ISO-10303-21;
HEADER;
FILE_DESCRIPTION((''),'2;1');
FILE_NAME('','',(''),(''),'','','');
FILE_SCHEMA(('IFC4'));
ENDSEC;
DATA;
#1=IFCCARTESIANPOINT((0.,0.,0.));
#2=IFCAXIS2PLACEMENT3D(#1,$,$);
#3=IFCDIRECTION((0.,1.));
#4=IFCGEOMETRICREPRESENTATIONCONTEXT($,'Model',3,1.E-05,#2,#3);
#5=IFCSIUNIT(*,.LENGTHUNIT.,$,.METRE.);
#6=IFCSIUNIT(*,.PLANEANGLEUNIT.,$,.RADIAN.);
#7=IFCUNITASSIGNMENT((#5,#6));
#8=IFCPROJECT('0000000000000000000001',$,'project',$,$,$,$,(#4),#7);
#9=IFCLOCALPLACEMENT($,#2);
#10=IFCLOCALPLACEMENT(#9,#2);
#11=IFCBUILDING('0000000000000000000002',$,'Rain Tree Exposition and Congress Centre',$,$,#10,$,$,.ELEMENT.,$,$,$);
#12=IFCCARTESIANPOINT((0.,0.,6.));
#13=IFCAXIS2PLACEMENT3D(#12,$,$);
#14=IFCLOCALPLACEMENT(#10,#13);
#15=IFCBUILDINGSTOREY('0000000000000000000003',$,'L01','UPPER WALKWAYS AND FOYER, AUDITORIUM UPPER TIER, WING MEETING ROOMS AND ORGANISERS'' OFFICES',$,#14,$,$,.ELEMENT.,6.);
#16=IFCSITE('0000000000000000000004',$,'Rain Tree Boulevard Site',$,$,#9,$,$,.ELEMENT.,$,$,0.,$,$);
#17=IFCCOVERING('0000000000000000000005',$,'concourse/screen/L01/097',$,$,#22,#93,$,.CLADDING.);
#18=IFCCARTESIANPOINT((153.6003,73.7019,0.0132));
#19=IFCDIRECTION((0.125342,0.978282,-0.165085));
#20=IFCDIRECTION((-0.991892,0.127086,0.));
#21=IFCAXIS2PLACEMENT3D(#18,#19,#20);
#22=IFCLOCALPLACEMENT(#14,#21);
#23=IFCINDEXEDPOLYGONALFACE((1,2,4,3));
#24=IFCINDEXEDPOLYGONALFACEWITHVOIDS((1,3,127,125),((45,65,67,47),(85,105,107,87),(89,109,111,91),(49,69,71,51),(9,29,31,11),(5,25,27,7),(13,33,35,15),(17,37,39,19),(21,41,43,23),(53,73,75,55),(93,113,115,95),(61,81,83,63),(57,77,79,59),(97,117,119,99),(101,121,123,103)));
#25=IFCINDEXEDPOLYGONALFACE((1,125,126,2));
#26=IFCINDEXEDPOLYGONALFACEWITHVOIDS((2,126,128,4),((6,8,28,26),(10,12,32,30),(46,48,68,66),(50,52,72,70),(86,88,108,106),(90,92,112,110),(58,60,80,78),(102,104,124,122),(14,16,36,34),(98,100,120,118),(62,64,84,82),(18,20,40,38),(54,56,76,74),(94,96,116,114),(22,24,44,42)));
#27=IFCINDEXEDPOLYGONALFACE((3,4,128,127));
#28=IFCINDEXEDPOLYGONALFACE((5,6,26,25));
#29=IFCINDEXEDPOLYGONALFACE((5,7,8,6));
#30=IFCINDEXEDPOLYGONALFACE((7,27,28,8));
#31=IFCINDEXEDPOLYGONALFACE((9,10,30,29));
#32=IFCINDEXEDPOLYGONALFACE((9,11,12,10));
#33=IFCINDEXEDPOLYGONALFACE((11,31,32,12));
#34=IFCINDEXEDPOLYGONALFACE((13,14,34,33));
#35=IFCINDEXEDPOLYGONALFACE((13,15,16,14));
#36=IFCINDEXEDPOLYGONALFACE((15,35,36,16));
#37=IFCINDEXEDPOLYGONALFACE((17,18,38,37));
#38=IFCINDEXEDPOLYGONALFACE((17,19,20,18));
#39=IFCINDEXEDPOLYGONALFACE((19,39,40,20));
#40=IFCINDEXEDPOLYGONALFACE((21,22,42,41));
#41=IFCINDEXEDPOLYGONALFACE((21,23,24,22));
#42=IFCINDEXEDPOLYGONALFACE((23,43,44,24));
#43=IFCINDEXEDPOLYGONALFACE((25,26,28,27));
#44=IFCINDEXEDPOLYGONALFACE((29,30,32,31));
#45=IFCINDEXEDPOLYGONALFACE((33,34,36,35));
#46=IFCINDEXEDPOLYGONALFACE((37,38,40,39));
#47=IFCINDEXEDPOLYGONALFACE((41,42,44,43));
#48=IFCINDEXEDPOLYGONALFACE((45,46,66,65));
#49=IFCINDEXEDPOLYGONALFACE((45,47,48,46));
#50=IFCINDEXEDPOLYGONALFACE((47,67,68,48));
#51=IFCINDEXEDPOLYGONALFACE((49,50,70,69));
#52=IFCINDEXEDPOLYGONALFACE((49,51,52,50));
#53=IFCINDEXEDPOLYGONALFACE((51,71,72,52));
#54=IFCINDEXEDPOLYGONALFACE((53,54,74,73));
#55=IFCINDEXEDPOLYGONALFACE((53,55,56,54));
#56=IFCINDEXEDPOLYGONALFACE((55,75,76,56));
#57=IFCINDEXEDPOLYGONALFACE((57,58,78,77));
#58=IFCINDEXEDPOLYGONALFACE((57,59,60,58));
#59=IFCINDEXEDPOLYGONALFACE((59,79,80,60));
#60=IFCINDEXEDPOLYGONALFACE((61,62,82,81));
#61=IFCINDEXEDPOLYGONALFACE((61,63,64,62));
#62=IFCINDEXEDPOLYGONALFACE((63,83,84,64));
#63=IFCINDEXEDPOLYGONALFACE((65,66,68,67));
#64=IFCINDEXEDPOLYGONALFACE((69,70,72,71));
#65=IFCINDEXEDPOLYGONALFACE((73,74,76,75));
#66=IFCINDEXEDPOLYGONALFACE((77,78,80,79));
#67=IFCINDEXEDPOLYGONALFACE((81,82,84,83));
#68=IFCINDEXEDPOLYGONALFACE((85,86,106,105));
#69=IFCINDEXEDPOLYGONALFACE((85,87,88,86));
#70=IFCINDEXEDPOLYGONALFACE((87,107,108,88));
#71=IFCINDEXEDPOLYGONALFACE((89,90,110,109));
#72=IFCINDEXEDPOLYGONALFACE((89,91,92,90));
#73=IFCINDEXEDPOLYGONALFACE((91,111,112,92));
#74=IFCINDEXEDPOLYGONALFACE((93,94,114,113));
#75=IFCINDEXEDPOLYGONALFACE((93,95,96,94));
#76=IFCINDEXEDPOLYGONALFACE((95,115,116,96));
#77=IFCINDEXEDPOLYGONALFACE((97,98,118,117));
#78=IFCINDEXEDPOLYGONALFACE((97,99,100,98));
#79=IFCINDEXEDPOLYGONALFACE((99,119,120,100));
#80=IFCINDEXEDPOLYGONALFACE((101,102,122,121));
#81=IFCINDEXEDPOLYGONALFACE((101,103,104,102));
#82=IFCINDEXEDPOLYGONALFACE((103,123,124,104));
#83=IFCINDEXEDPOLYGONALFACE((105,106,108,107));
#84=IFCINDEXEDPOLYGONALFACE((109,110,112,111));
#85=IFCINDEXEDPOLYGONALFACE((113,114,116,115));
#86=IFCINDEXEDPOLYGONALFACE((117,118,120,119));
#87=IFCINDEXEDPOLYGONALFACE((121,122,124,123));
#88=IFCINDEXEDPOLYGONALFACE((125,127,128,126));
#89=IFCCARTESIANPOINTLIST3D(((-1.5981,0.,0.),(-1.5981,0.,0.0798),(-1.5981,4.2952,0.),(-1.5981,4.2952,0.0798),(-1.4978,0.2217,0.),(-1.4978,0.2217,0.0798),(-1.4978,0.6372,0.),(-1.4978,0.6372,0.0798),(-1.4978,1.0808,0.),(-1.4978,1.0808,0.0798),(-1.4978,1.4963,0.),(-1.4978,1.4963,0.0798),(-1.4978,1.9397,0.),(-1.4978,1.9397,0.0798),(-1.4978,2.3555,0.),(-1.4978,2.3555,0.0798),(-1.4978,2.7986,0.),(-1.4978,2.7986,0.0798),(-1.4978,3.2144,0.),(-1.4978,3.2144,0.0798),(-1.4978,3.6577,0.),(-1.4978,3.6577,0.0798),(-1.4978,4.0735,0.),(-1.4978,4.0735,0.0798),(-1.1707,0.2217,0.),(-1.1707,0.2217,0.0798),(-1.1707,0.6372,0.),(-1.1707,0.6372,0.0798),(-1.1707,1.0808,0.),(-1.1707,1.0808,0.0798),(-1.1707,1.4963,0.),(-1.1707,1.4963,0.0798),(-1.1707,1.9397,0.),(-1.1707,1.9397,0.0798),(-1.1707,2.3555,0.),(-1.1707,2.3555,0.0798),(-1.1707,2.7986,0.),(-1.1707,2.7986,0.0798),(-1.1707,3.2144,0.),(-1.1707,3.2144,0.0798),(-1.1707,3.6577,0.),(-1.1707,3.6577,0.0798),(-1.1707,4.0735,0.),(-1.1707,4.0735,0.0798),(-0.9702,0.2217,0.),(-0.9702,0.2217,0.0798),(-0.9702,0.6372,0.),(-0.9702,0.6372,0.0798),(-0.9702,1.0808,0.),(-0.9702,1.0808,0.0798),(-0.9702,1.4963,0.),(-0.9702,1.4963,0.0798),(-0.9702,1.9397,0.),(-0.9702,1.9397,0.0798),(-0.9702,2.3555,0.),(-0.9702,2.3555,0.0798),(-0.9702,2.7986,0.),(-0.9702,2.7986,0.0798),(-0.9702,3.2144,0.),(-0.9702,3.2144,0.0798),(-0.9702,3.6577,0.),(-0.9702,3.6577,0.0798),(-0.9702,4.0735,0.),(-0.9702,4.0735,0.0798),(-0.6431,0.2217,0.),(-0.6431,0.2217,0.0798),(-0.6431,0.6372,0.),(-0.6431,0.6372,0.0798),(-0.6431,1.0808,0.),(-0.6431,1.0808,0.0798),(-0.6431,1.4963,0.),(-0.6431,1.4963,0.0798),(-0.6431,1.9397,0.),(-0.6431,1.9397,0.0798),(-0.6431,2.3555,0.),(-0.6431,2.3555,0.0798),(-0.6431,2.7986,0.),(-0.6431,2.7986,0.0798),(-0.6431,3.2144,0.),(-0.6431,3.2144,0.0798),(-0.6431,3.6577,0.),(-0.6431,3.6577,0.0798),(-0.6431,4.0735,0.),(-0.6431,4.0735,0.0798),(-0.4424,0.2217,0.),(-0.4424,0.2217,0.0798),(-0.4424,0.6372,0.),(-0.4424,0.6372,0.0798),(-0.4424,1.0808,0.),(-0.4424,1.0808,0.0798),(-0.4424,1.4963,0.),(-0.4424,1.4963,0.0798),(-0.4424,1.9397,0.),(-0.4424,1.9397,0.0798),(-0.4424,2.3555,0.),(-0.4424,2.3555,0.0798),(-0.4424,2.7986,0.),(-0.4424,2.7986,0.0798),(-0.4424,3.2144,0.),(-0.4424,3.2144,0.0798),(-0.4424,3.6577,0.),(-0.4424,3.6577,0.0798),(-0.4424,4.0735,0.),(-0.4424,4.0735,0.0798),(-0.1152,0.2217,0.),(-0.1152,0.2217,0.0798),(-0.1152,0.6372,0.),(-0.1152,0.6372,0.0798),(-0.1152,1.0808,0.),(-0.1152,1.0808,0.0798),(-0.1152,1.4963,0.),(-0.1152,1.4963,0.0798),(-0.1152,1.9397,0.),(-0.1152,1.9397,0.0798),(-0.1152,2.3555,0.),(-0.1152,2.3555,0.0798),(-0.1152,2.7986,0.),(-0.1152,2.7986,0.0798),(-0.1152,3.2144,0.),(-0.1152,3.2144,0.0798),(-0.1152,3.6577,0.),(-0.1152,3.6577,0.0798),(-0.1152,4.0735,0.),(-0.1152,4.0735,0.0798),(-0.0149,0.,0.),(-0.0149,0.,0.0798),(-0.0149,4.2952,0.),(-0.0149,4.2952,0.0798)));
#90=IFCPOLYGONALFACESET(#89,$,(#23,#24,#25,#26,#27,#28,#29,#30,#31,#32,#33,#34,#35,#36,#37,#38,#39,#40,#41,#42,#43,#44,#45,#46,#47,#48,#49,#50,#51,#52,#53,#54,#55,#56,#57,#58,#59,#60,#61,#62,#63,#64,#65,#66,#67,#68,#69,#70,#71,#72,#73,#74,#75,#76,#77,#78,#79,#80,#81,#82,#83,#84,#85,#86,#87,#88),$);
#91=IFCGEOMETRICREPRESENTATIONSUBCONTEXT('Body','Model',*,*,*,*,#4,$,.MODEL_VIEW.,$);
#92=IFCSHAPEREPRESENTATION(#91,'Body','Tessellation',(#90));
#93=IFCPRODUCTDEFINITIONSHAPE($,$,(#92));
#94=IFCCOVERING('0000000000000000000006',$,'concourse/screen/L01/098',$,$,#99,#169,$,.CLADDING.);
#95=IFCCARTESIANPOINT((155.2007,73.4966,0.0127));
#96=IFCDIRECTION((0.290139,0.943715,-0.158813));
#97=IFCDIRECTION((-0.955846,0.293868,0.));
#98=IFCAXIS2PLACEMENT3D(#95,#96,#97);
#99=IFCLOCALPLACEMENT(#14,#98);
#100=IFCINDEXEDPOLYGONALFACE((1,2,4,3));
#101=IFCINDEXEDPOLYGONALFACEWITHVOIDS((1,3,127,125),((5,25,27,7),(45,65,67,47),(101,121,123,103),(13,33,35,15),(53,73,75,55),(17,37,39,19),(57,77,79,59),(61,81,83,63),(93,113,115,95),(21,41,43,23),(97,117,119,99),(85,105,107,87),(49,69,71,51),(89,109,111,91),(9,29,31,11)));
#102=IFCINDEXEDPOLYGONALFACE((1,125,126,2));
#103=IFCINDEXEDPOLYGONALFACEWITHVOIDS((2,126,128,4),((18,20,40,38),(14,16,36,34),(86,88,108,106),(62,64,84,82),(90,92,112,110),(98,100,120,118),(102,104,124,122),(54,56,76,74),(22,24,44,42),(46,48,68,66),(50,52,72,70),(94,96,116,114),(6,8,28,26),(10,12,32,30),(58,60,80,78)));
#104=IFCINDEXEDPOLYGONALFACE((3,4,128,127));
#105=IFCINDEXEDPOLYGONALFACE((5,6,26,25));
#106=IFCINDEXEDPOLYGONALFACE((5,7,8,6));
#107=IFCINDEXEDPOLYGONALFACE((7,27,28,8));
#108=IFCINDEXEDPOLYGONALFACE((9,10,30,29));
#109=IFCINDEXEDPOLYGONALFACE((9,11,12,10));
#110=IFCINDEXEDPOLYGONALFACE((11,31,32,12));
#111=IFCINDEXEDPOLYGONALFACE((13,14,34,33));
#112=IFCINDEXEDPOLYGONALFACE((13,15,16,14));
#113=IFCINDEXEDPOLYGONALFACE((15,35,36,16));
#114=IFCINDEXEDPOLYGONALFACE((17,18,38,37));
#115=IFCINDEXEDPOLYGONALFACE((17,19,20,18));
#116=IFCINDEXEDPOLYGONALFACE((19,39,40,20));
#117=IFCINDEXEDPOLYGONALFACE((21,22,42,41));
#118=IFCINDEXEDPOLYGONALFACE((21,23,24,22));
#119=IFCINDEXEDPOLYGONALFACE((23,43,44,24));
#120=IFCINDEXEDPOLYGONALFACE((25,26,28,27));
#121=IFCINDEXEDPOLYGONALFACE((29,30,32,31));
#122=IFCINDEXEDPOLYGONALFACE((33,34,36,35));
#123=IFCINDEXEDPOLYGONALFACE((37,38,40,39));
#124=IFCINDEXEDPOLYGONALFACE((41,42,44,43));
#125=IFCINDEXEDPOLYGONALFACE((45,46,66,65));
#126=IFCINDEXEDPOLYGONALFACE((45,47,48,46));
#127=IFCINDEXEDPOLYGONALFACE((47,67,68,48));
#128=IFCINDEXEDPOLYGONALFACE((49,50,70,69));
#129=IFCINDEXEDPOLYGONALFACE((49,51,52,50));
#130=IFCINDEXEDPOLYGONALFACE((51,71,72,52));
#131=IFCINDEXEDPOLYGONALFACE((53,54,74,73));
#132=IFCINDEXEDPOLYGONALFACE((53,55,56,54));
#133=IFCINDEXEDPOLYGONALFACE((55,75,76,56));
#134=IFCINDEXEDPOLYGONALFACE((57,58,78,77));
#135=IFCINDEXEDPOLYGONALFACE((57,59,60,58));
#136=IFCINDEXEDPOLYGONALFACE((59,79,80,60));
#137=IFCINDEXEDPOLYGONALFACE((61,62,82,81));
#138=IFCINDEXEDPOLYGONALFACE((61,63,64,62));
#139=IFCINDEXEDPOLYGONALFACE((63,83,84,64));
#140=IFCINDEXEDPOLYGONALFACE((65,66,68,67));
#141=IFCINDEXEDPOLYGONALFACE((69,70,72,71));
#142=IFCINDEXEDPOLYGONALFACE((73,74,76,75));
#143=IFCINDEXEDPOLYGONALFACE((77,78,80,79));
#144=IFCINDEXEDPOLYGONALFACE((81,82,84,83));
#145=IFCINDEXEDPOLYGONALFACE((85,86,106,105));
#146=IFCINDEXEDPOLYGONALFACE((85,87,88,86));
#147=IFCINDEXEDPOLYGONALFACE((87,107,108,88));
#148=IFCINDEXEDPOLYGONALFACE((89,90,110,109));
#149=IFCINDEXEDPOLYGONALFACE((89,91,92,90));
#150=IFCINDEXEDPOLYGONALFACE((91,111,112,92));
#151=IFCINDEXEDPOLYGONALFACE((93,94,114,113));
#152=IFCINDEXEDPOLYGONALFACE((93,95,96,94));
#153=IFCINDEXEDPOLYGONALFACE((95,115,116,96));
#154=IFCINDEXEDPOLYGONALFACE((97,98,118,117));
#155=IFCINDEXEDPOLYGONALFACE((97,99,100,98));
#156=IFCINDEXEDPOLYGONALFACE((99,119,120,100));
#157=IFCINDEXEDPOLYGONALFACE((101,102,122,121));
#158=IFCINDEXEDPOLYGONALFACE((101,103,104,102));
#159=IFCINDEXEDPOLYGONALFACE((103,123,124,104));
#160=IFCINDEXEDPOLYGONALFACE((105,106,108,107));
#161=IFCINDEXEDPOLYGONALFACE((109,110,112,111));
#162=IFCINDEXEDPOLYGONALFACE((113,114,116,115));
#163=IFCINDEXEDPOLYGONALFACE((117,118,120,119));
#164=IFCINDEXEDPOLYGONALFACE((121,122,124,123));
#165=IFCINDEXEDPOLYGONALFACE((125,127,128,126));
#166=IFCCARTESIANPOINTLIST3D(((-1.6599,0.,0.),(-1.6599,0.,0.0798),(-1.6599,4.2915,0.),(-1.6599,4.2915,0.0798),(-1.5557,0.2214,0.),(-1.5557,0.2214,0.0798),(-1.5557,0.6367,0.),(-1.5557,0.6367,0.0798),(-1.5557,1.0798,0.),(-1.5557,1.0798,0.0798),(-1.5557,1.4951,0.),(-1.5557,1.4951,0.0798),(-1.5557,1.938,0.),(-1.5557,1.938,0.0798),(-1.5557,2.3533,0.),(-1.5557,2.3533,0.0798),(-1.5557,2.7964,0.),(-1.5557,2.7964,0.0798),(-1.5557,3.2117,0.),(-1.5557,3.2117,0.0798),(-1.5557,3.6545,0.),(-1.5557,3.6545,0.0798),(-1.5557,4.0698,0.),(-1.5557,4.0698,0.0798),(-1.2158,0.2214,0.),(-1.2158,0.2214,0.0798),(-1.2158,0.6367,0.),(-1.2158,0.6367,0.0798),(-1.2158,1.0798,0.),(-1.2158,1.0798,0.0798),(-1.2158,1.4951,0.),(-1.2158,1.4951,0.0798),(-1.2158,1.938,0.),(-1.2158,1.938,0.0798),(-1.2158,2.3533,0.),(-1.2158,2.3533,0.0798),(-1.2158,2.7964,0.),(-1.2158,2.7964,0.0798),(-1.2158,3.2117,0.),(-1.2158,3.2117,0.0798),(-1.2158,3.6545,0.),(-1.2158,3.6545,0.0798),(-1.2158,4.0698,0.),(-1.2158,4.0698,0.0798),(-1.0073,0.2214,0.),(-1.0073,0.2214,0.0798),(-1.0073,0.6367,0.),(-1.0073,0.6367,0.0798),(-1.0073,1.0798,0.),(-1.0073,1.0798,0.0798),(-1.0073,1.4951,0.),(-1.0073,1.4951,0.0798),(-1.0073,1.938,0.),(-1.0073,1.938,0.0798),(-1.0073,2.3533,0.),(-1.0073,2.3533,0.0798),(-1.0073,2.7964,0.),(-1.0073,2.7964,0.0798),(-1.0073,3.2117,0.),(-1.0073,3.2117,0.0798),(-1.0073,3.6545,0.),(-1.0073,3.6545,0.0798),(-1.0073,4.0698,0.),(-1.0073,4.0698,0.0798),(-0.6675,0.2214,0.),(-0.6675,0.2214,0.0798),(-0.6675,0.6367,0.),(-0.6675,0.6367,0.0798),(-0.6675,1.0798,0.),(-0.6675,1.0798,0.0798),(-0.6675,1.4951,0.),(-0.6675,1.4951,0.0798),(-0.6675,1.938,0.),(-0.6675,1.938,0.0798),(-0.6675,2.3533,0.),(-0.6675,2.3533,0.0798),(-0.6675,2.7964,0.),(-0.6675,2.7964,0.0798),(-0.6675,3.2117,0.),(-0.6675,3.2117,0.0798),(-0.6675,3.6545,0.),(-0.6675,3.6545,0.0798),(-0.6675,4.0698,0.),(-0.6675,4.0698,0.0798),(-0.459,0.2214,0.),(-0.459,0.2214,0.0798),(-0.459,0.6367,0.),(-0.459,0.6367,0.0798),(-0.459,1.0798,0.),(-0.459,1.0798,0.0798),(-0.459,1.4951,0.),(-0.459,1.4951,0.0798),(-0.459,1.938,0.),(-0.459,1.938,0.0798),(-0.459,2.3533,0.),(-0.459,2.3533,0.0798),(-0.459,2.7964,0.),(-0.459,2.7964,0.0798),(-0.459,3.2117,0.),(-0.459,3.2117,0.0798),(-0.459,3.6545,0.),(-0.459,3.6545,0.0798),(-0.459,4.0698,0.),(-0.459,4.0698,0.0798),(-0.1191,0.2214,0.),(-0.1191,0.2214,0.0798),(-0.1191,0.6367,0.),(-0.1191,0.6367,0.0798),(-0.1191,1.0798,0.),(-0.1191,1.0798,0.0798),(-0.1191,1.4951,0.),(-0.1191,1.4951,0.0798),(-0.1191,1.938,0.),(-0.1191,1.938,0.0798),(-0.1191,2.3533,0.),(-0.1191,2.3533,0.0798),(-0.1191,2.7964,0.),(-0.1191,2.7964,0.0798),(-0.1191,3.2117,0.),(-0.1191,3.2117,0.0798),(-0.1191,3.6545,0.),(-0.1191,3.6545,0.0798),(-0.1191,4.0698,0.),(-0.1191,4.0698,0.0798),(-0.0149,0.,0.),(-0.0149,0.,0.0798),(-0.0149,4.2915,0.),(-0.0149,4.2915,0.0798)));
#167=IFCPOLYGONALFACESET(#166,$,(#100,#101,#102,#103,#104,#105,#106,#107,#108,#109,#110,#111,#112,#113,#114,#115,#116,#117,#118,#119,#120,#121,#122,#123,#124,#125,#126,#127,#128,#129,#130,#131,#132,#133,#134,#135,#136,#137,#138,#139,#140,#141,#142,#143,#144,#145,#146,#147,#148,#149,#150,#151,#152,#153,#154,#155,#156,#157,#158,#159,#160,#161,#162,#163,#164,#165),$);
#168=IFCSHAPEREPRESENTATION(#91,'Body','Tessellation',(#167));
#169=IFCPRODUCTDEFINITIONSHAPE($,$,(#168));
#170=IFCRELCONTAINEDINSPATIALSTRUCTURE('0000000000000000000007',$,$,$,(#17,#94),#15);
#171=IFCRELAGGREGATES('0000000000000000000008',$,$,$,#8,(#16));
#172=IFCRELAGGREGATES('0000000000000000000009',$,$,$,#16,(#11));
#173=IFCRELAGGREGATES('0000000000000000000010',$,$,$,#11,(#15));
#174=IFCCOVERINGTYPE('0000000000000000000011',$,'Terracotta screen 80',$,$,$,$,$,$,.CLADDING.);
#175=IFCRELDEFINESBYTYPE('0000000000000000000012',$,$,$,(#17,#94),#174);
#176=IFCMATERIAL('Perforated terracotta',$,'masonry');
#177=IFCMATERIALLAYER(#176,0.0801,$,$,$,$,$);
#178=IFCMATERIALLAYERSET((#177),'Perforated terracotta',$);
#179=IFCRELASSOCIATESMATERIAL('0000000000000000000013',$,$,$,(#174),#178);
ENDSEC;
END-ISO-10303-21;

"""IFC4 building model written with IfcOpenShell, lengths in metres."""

from ifc_helpers import new_model, si_unit, direction, frame, origin, place, context, subcontext, project, spatial, polyline, outline, extrude, material, layer, layer_set, type_object, element, save


model = new_model("IFC4")

# Units and contexts
model_context = context("Model", 3, precision=1e-05, world=origin(), true_north=direction((0.0, 1.0)))
body_context = subcontext(model_context, "Body", "Model", "MODEL_VIEW")
ifc_project = project(units=[si_unit("LENGTHUNIT", "METRE"), si_unit("PLANEANGLEUNIT", "RADIAN")], contexts=[model_context])

# Site, building, storey
site_placement = place(None, origin())
site = spatial("IfcSite", under=ifc_project, at=site_placement, Name="Rain Tree Boulevard Site", CompositionType="ELEMENT", RefElevation=0.0)
building_placement = place(site_placement, origin())
building = spatial("IfcBuilding", under=site, at=building_placement, Name="Rain Tree Exposition and Congress Centre", CompositionType="ELEMENT")
storey_placement = place(building_placement, frame((0.0, 0.0, 6.0)))
storey = spatial("IfcBuildingStorey", under=building, at=storey_placement, Name="L01", Description="UPPER WALKWAYS AND FOYER, AUDITORIUM UPPER TIER, WING MEETING ROOMS AND ORGANISERS' OFFICES", CompositionType="ELEMENT", Elevation=6.0)

# Coverings
ifc_material_1 = material(Name="Perforated terracotta", Category="masonry")
ifc_layer_1 = layer(ifc_material_1, 0.0801)
ifc_layer_set_1 = layer_set([ifc_layer_1], Name="Perforated terracotta")
covering_type = type_object("IfcCoveringType", Name="Terracotta screen 80", PredefinedType="CLADDING", material=ifc_layer_set_1)
covering_1_placement = place(storey_placement, frame((153.6003, 73.7019, 0.0132), z_axis=(0.125342, 0.978282, -0.165085), x_axis=(-0.991892, 0.127086, 0.0)))
element("IfcCovering", 1, at=covering_1_placement, inside=storey, type_object=covering_type, Name="concourse/screen/L01/097", PredefinedType="CLADDING", context=body_context, shape_type="SweptSolid", body=[
    extrude(outline(polyline([(-1.5981, 0.0), (-1.5981, 4.2952), (-0.0149, 4.2952), (-0.0149, 0.0), (-1.5981, 0.0)]), holes=[polyline([(-0.1152, 0.2217), (-0.1152, 0.6372), (-0.4424, 0.6372), (-0.4424, 0.2217), (-0.1152, 0.2217)]), polyline([(-0.1152, 1.0808), (-0.1152, 1.4963), (-0.4424, 1.4963), (-0.4424, 1.0808), (-0.1152, 1.0808)]), polyline([(-0.1152, 1.9397), (-0.1152, 2.3555), (-0.4424, 2.3555), (-0.4424, 1.9397), (-0.1152, 1.9397)]), polyline([(-0.1152, 2.7986), (-0.1152, 3.2144), (-0.4424, 3.2144), (-0.4424, 2.7986), (-0.1152, 2.7986)]), polyline([(-0.1152, 3.6577), (-0.1152, 4.0735), (-0.4424, 4.0735), (-0.4424, 3.6577), (-0.1152, 3.6577)]), polyline([(-0.6431, 0.2217), (-0.6431, 0.6372), (-0.9702, 0.6372), (-0.9702, 0.2217), (-0.6431, 0.2217)]), polyline([(-0.6431, 1.0808), (-0.6431, 1.4963), (-0.9702, 1.4963), (-0.9702, 1.0808), (-0.6431, 1.0808)]), polyline([(-0.6431, 1.9397), (-0.6431, 2.3555), (-0.9702, 2.3555), (-0.9702, 1.9397), (-0.6431, 1.9397)]), polyline([(-0.6431, 2.7986), (-0.6431, 3.2144), (-0.9702, 3.2144), (-0.9702, 2.7986), (-0.6431, 2.7986)]), polyline([(-0.6431, 3.6577), (-0.6431, 4.0735), (-0.9702, 4.0735), (-0.9702, 3.6577), (-0.6431, 3.6577)]), polyline([(-1.1707, 0.2217), (-1.1707, 0.6372), (-1.4978, 0.6372), (-1.4978, 0.2217), (-1.1707, 0.2217)]), polyline([(-1.1707, 1.0808), (-1.1707, 1.4963), (-1.4978, 1.4963), (-1.4978, 1.0808), (-1.1707, 1.0808)]), polyline([(-1.1707, 1.9397), (-1.1707, 2.3555), (-1.4978, 2.3555), (-1.4978, 1.9397), (-1.1707, 1.9397)]), polyline([(-1.1707, 2.7986), (-1.1707, 3.2144), (-1.4978, 3.2144), (-1.4978, 2.7986), (-1.1707, 2.7986)]), polyline([(-1.1707, 3.6577), (-1.1707, 4.0735), (-1.4978, 4.0735), (-1.4978, 3.6577), (-1.1707, 3.6577)])]), origin(), (0.0, 0.0, 1.0), 0.0798),
])
covering_2_placement = place(storey_placement, frame((155.2007, 73.4966, 0.0127), z_axis=(0.290139, 0.943715, -0.158813), x_axis=(-0.955846, 0.293868, 0.0)))
element("IfcCovering", 2, at=covering_2_placement, inside=storey, type_object=covering_type, Name="concourse/screen/L01/098", PredefinedType="CLADDING", context=body_context, shape_type="SweptSolid", body=[
    extrude(outline(polyline([(-1.6599, 0.0), (-1.6599, 4.2915), (-0.0149, 4.2915), (-0.0149, 0.0), (-1.6599, 0.0)]), holes=[polyline([(-0.1191, 0.2214), (-0.1191, 0.6367), (-0.459, 0.6367), (-0.459, 0.2214), (-0.1191, 0.2214)]), polyline([(-0.1191, 1.0798), (-0.1191, 1.4951), (-0.459, 1.4951), (-0.459, 1.0798), (-0.1191, 1.0798)]), polyline([(-0.1191, 1.938), (-0.1191, 2.3533), (-0.459, 2.3533), (-0.459, 1.938), (-0.1191, 1.938)]), polyline([(-0.1191, 2.7964), (-0.1191, 3.2117), (-0.459, 3.2117), (-0.459, 2.7964), (-0.1191, 2.7964)]), polyline([(-0.1191, 3.6545), (-0.1191, 4.0698), (-0.459, 4.0698), (-0.459, 3.6545), (-0.1191, 3.6545)]), polyline([(-0.6675, 0.2214), (-0.6675, 0.6367), (-1.0073, 0.6367), (-1.0073, 0.2214), (-0.6675, 0.2214)]), polyline([(-0.6675, 1.0798), (-0.6675, 1.4951), (-1.0073, 1.4951), (-1.0073, 1.0798), (-0.6675, 1.0798)]), polyline([(-0.6675, 1.938), (-0.6675, 2.3533), (-1.0073, 2.3533), (-1.0073, 1.938), (-0.6675, 1.938)]), polyline([(-0.6675, 2.7964), (-0.6675, 3.2117), (-1.0073, 3.2117), (-1.0073, 2.7964), (-0.6675, 2.7964)]), polyline([(-0.6675, 3.6545), (-0.6675, 4.0698), (-1.0073, 4.0698), (-1.0073, 3.6545), (-0.6675, 3.6545)]), polyline([(-1.2158, 0.2214), (-1.2158, 0.6367), (-1.5557, 0.6367), (-1.5557, 0.2214), (-1.2158, 0.2214)]), polyline([(-1.2158, 1.0798), (-1.2158, 1.4951), (-1.5557, 1.4951), (-1.5557, 1.0798), (-1.2158, 1.0798)]), polyline([(-1.2158, 1.938), (-1.2158, 2.3533), (-1.5557, 2.3533), (-1.5557, 1.938), (-1.2158, 1.938)]), polyline([(-1.2158, 2.7964), (-1.2158, 3.2117), (-1.5557, 3.2117), (-1.5557, 2.7964), (-1.2158, 2.7964)]), polyline([(-1.2158, 3.6545), (-1.2158, 4.0698), (-1.5557, 4.0698), (-1.5557, 3.6545), (-1.2158, 3.6545)])]), origin(), (0.0, 0.0, 1.0), 0.0798),
])

save(model, "model.ifc")
